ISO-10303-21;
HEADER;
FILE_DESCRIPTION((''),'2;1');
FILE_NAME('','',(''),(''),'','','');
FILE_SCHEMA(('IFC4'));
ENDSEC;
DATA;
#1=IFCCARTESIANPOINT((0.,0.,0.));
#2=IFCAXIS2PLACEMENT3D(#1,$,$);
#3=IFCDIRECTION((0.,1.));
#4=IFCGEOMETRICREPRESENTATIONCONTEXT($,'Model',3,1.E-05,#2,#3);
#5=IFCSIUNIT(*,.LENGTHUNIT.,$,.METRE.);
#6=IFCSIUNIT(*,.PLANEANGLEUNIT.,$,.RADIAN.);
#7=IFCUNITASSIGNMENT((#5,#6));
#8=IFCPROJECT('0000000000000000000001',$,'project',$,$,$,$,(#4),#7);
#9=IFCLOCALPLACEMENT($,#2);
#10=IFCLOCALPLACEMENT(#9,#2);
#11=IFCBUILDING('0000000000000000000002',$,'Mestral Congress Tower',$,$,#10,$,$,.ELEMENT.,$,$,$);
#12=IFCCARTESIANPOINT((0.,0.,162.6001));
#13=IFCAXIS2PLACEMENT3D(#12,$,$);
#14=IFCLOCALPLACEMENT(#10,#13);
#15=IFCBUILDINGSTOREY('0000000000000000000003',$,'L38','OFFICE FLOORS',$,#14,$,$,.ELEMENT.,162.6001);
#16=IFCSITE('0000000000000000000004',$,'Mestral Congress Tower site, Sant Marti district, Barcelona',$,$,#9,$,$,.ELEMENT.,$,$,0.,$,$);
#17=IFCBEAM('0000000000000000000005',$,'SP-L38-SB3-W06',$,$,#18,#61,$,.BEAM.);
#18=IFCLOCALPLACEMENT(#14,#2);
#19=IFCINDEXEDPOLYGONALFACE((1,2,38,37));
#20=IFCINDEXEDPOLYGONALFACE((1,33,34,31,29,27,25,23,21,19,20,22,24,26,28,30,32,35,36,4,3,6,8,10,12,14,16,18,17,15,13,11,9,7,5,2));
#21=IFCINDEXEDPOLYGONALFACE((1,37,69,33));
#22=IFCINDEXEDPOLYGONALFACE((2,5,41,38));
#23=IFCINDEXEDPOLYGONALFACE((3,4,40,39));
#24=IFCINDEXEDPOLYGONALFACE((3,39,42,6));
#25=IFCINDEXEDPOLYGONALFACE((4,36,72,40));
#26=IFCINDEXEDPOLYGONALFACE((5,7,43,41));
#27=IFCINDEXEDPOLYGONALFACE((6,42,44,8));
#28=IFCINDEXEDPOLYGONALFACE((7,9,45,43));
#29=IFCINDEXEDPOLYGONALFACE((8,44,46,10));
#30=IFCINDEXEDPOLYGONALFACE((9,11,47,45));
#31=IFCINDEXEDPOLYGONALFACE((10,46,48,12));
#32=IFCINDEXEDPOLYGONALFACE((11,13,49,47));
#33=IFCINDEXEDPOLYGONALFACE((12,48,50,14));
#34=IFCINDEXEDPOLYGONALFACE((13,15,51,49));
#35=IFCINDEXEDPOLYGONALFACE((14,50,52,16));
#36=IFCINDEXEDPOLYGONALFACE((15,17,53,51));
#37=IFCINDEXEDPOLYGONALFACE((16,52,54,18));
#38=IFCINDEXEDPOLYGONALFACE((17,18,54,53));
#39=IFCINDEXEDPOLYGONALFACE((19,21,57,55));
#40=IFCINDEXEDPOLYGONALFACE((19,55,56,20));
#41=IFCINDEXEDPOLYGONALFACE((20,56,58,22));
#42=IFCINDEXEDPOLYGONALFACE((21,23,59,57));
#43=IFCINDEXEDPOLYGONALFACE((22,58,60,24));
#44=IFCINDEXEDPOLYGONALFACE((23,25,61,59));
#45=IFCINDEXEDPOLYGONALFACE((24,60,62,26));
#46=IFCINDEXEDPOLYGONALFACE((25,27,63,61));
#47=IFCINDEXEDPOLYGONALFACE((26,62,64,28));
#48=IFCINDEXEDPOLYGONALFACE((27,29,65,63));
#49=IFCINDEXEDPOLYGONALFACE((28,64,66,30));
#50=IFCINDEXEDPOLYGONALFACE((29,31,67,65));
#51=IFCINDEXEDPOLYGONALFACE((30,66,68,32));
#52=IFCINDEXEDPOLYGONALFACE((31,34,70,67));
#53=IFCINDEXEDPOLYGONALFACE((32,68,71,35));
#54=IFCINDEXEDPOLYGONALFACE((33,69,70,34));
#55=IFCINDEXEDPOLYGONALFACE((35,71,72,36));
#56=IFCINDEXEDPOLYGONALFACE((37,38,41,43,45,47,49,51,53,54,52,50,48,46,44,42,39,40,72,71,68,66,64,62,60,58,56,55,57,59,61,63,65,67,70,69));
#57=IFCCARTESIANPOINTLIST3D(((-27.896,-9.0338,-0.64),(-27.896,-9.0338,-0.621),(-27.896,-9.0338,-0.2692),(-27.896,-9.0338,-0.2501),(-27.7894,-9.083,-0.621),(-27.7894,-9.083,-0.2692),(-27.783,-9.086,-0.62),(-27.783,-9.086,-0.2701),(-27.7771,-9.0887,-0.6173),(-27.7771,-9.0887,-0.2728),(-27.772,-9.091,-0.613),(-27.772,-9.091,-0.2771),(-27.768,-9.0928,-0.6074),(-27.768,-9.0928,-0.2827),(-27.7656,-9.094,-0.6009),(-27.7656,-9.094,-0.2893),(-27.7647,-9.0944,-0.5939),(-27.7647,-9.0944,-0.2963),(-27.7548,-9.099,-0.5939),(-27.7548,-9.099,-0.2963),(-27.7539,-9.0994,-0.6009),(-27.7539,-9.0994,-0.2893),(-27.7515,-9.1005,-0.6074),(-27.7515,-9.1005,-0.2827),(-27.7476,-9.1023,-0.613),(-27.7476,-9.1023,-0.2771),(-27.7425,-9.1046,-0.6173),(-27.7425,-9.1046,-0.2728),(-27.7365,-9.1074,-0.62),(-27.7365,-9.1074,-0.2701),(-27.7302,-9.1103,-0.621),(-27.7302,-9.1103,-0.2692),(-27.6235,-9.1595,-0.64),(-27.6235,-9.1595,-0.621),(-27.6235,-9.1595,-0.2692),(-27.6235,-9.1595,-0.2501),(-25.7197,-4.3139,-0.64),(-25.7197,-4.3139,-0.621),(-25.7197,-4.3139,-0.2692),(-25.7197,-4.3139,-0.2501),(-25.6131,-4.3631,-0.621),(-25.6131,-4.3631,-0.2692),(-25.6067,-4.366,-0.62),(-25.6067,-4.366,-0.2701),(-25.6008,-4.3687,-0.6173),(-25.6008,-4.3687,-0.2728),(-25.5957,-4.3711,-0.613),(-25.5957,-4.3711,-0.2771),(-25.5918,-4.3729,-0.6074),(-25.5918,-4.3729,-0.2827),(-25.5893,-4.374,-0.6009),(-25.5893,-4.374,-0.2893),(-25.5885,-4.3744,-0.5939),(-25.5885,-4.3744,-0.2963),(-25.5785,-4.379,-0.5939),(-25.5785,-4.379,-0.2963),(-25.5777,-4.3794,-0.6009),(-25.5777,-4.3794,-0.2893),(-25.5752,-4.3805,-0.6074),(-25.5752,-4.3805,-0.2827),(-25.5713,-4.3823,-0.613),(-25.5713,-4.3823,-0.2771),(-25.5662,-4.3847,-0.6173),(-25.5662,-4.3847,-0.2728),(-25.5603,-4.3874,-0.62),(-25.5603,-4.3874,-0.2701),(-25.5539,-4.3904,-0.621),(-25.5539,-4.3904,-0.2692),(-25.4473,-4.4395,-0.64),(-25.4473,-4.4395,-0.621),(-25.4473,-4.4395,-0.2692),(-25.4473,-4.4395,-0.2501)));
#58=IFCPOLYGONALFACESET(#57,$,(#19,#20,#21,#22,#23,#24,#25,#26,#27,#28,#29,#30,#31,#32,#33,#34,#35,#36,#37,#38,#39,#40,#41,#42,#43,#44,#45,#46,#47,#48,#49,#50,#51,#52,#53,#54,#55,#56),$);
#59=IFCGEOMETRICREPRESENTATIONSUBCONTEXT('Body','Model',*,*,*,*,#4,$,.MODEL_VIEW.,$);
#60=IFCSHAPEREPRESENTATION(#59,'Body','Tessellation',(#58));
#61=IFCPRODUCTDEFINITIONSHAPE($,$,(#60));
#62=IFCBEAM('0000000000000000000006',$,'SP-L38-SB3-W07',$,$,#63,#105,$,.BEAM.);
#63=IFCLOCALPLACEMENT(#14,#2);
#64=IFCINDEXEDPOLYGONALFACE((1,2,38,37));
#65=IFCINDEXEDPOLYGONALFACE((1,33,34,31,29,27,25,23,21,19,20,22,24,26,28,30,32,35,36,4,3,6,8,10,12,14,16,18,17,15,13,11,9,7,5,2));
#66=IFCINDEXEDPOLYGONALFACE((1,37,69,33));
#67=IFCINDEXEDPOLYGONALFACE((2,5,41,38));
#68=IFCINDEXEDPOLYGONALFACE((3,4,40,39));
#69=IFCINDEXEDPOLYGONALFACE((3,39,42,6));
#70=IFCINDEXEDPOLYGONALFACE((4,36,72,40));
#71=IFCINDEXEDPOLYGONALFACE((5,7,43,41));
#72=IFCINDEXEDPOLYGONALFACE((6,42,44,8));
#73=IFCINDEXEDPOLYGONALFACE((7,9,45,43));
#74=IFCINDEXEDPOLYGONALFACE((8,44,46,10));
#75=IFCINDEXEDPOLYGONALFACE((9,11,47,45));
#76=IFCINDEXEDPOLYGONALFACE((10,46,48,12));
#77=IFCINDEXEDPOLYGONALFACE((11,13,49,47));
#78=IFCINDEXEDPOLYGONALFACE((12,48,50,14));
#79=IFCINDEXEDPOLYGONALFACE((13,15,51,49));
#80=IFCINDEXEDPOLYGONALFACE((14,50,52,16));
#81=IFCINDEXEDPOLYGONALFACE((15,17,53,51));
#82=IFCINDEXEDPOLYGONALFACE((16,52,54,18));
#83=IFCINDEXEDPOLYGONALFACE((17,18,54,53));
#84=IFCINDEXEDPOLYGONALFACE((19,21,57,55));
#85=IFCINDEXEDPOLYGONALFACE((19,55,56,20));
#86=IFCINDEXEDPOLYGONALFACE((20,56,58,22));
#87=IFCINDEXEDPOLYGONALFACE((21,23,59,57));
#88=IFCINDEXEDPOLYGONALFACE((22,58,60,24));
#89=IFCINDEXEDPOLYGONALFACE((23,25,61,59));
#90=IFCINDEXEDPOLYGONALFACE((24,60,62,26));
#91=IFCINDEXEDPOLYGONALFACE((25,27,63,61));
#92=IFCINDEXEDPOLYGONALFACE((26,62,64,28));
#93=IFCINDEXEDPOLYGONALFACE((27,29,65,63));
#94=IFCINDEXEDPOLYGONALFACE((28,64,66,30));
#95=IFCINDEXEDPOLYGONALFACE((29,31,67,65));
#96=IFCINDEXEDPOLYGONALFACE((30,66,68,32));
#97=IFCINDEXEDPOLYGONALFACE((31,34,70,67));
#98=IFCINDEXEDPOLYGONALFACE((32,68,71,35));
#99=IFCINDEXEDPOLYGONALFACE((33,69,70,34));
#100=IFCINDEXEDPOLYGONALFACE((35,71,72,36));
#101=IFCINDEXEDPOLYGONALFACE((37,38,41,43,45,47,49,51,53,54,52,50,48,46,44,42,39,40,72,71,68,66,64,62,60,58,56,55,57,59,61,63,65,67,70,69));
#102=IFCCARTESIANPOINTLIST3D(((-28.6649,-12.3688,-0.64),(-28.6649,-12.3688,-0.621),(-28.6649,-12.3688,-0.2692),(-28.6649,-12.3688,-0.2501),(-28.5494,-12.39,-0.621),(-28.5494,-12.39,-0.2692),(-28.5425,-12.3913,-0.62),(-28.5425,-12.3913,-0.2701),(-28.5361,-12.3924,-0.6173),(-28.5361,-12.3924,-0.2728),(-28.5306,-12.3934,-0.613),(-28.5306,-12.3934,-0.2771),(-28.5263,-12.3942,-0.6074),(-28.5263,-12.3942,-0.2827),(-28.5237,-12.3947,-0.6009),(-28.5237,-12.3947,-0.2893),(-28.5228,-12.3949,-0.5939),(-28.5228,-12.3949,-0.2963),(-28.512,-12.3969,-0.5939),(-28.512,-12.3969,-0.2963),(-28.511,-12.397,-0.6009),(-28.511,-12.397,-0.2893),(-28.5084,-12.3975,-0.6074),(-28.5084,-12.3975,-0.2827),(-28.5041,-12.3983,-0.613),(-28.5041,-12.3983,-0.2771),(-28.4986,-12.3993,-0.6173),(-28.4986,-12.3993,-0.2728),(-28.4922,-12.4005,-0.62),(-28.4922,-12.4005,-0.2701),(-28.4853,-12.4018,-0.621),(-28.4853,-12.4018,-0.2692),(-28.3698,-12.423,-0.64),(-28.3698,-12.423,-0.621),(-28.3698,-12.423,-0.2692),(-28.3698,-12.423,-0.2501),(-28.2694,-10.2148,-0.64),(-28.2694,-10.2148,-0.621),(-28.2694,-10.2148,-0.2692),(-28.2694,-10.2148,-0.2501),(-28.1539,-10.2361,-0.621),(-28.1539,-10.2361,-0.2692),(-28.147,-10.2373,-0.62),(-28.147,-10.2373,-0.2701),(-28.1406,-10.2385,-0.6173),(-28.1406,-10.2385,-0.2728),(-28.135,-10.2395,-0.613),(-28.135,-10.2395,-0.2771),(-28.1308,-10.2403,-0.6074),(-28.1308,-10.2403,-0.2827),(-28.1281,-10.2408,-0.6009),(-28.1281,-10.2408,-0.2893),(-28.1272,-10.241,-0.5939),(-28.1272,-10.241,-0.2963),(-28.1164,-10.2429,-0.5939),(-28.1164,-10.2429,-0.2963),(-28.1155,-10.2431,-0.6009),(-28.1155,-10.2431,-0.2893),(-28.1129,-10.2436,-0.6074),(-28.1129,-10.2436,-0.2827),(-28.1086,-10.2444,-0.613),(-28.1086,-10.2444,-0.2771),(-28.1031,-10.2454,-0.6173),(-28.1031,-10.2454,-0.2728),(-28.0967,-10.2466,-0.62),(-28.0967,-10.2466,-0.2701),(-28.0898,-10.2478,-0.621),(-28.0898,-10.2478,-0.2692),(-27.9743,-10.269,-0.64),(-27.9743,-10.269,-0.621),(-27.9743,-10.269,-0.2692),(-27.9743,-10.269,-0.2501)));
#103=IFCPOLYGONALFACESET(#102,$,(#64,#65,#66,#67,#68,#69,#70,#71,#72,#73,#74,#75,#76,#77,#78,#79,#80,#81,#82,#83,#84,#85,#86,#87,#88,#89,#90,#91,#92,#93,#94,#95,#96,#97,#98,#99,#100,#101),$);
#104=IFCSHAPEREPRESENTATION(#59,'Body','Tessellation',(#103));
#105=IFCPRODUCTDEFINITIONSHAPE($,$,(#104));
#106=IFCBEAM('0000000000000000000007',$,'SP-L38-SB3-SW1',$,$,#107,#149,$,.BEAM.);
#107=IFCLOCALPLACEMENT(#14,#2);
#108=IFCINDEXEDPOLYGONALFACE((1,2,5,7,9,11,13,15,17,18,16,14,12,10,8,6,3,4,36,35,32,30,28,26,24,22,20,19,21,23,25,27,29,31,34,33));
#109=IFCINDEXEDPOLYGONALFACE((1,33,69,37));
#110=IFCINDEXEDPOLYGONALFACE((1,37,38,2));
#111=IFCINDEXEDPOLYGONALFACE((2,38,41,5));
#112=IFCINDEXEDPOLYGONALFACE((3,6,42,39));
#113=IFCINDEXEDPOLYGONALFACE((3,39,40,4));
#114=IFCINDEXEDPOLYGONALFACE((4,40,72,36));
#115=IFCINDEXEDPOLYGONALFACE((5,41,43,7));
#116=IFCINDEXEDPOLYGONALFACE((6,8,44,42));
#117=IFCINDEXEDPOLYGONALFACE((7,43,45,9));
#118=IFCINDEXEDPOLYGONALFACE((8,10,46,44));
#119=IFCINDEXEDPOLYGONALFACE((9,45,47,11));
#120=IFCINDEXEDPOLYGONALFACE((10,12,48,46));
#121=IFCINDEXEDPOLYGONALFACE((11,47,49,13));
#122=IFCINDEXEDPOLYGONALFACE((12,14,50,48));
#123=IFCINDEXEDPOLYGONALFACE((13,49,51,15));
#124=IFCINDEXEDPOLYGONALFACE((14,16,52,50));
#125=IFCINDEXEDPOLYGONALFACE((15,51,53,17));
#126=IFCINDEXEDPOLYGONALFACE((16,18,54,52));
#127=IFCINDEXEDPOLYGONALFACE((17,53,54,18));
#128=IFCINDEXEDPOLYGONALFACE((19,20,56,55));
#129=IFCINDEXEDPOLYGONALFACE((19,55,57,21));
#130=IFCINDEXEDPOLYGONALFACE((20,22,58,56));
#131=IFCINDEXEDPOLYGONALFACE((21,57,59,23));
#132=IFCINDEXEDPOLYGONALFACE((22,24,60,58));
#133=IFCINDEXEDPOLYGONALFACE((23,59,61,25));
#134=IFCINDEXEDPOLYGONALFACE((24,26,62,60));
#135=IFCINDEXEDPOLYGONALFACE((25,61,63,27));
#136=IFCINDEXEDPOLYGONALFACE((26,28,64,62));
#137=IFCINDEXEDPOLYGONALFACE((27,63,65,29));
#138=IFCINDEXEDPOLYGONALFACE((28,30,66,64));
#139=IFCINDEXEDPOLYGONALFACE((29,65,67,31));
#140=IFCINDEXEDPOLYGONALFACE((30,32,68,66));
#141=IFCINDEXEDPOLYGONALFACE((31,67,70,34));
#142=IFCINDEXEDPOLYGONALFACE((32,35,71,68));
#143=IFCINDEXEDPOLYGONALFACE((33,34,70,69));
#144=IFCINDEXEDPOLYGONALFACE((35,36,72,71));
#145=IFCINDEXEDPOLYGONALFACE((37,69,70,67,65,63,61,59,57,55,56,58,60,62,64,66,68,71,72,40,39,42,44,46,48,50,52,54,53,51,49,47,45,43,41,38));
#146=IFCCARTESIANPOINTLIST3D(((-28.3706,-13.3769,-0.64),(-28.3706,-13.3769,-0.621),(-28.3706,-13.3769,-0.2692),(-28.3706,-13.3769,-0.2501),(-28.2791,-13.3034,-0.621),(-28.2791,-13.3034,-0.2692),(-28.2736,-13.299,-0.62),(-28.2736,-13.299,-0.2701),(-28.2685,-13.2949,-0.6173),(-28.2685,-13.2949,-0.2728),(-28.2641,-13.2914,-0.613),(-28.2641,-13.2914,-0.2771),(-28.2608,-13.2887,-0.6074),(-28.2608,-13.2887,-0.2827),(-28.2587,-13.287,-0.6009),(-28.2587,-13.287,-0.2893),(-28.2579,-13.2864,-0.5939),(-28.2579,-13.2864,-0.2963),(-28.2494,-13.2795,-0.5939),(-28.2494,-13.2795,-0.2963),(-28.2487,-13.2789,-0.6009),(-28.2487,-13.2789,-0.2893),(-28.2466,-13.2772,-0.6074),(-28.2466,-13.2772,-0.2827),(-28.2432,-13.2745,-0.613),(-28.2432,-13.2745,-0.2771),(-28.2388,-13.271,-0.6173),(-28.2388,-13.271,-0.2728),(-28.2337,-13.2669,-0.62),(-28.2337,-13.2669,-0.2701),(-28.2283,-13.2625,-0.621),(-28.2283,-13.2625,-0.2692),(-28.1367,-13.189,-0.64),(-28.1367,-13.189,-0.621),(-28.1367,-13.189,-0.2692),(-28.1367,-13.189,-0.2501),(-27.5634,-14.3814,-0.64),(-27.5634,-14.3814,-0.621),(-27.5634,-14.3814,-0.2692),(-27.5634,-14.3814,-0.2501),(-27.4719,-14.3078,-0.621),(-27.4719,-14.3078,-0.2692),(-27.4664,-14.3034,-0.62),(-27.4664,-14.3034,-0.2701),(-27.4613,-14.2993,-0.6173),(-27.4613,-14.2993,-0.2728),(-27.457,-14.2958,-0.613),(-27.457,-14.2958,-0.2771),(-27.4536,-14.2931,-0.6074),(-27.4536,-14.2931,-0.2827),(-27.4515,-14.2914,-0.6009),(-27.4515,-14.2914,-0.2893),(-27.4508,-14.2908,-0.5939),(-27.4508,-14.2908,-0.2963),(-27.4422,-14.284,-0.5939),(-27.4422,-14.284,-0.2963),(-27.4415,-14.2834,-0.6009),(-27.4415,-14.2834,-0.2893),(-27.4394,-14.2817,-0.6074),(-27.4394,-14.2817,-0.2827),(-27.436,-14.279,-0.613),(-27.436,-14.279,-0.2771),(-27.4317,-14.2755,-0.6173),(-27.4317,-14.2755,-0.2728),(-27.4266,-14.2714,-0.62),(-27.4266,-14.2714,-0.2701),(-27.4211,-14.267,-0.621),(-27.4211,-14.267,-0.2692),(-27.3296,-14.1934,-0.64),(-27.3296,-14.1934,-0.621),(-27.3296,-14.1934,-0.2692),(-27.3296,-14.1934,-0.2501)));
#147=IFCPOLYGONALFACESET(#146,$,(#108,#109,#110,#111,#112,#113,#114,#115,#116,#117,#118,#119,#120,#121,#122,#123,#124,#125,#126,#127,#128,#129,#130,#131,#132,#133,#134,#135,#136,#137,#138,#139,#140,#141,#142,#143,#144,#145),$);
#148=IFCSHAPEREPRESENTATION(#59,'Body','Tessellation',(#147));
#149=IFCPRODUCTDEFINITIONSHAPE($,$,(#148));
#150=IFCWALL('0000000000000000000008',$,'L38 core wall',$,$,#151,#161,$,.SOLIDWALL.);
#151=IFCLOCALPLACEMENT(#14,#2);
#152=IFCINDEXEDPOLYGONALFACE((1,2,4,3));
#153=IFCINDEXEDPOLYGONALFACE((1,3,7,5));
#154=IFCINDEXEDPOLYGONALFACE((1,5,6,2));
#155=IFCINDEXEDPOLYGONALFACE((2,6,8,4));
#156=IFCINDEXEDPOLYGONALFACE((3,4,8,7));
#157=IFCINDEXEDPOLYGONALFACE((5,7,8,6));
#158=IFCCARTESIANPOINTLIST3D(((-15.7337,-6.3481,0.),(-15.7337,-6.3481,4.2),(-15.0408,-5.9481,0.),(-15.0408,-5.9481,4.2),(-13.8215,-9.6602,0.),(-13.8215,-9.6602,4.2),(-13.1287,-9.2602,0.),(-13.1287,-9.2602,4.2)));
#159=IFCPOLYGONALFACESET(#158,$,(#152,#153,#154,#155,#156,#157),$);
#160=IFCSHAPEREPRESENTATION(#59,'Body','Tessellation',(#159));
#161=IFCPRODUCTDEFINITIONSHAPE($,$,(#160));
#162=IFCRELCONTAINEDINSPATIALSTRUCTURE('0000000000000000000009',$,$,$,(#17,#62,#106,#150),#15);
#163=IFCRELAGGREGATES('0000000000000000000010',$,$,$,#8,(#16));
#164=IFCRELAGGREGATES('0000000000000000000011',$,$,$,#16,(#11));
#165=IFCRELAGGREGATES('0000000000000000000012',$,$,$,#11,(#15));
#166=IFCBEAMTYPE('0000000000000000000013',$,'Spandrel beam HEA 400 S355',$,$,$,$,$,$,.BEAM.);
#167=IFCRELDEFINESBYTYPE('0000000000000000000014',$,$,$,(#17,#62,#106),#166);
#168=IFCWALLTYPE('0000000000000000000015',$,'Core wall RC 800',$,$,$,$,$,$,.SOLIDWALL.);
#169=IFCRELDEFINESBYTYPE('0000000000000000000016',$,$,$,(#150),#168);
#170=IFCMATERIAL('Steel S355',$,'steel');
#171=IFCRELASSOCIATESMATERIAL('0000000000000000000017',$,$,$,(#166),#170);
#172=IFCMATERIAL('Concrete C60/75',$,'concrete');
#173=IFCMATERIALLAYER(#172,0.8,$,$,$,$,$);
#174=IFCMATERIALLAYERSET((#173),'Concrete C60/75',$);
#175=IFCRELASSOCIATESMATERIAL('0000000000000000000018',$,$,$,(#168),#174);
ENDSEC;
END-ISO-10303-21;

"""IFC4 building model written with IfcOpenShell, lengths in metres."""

from ifc_helpers import new_model, si_unit, direction, frame, frame_2d, origin, origin_2d, place, context, subcontext, project, spatial, rectangle, i_section, extrude, material, layer, layer_set, material_profile, profile_set, type_object, element, save


model = new_model("IFC4")

# Units and contexts
model_context = context("Model", 3, precision=1e-05, world=origin(), true_north=direction((0.0, 1.0)))
body_context = subcontext(model_context, "Body", "Model", "MODEL_VIEW")
ifc_project = project(units=[si_unit("LENGTHUNIT", "METRE"), si_unit("PLANEANGLEUNIT", "RADIAN")], contexts=[model_context])

# Site, building, storey
site_placement = place(None, origin())
site = spatial("IfcSite", under=ifc_project, at=site_placement, Name="Mestral Congress Tower site, Sant Marti district, Barcelona", CompositionType="ELEMENT", RefElevation=0.0)
building_placement = place(site_placement, origin())
building = spatial("IfcBuilding", under=site, at=building_placement, Name="Mestral Congress Tower", CompositionType="ELEMENT")
storey_placement = place(building_placement, frame((0.0, 0.0, 162.6001)))
storey = spatial("IfcBuildingStorey", under=building, at=storey_placement, Name="L38", Description="OFFICE FLOORS", CompositionType="ELEMENT", Elevation=162.6001)

# Shared definitions
ifc_material_1 = material(Name="Concrete C60/75", Category="concrete")

# Beams
ifc_material_2 = material(Name="Steel S355", Category="steel")
ifc_material_profile_1 = material_profile(ifc_material_2, i_section(OverallWidth=0.3, OverallDepth=0.3899, WebThickness=0.011, FlangeThickness=0.019, FilletRadius=0.0271, at=origin_2d()), Name="HEA 400")
ifc_profile_set_1 = profile_set([ifc_material_profile_1], Name="Steel S355")
beam_type_1 = type_object("IfcBeamType", Name="Spandrel beam HEA 400 S355", PredefinedType="BEAM", material=ifc_profile_set_1)
beam_1_placement = place(storey_placement, frame((-25.5835, -4.3767, -0.4451), z_axis=(-0.418713, -0.908119, 0.0), x_axis=(0.908119, -0.418713, 0.0)))
element("IfcBeam", 1, at=beam_1_placement, inside=storey, type_object=beam_type_1, Name="SP-L38-SB3-W06", PredefinedType="BEAM", context=body_context, shape_type="SweptSolid", body=[
    extrude(i_section(OverallWidth=0.3, OverallDepth=0.3899, WebThickness=0.011, FlangeThickness=0.019, FilletRadius=0.0271, at=origin_2d()), origin(), (0.0, 0.0, 1.0), 5.1975),
])
beam_2_placement = place(storey_placement, frame((-28.1218, -10.2419, -0.4451), z_axis=(-0.180612, -0.983554, 0.0), x_axis=(0.983554, -0.180612, 0.0)))
element("IfcBeam", 2, at=beam_2_placement, inside=storey, type_object=beam_type_1, Name="SP-L38-SB3-W07", PredefinedType="BEAM", context=body_context, shape_type="SweptSolid", body=[
    extrude(i_section(OverallWidth=0.3, OverallDepth=0.3899, WebThickness=0.011, FlangeThickness=0.019, FilletRadius=0.0271, at=origin_2d()), origin(), (0.0, 0.0, 1.0), 2.1899),
])
beam_3_placement = place(storey_placement, frame((-28.2537, -13.283, -0.4451), z_axis=(0.626403, -0.779499, 0.0), x_axis=(0.779499, 0.626403, 0.0)))
element("IfcBeam", 3, at=beam_3_placement, inside=storey, type_object=beam_type_1, Name="SP-L38-SB3-SW1", PredefinedType="BEAM", context=body_context, shape_type="SweptSolid", body=[
    extrude(i_section(OverallWidth=0.3, OverallDepth=0.3899, WebThickness=0.011, FlangeThickness=0.019, FilletRadius=0.0271, at=origin_2d()), origin(), (0.0, 0.0, 1.0), 1.2886),
])

# Wall
ifc_layer_1 = layer(ifc_material_1, 0.8)
ifc_layer_set_1 = layer_set([ifc_layer_1], Name="Concrete C60/75")
wall_type_1 = type_object("IfcWallType", Name="Core wall RC 800", PredefinedType="SOLIDWALL", material=ifc_layer_set_1)
wall_1_placement = place(storey_placement, frame((-15.3872, -6.1482, 0.0), z_axis=(0.0, 0.0, 1.0), x_axis=(0.499984, -0.866035, 0.0)))
element("IfcWall", 4, at=wall_1_placement, inside=storey, type_object=wall_type_1, Name="L38 core wall", PredefinedType="SOLIDWALL", context=body_context, shape_type="SweptSolid", body=[
    extrude(rectangle(XDim=3.8245, YDim=0.8, at=frame_2d((1.9121, 0.0))), origin(), (0.0, 0.0, 1.0), 4.2),
])

save(model, "model.ifc")
